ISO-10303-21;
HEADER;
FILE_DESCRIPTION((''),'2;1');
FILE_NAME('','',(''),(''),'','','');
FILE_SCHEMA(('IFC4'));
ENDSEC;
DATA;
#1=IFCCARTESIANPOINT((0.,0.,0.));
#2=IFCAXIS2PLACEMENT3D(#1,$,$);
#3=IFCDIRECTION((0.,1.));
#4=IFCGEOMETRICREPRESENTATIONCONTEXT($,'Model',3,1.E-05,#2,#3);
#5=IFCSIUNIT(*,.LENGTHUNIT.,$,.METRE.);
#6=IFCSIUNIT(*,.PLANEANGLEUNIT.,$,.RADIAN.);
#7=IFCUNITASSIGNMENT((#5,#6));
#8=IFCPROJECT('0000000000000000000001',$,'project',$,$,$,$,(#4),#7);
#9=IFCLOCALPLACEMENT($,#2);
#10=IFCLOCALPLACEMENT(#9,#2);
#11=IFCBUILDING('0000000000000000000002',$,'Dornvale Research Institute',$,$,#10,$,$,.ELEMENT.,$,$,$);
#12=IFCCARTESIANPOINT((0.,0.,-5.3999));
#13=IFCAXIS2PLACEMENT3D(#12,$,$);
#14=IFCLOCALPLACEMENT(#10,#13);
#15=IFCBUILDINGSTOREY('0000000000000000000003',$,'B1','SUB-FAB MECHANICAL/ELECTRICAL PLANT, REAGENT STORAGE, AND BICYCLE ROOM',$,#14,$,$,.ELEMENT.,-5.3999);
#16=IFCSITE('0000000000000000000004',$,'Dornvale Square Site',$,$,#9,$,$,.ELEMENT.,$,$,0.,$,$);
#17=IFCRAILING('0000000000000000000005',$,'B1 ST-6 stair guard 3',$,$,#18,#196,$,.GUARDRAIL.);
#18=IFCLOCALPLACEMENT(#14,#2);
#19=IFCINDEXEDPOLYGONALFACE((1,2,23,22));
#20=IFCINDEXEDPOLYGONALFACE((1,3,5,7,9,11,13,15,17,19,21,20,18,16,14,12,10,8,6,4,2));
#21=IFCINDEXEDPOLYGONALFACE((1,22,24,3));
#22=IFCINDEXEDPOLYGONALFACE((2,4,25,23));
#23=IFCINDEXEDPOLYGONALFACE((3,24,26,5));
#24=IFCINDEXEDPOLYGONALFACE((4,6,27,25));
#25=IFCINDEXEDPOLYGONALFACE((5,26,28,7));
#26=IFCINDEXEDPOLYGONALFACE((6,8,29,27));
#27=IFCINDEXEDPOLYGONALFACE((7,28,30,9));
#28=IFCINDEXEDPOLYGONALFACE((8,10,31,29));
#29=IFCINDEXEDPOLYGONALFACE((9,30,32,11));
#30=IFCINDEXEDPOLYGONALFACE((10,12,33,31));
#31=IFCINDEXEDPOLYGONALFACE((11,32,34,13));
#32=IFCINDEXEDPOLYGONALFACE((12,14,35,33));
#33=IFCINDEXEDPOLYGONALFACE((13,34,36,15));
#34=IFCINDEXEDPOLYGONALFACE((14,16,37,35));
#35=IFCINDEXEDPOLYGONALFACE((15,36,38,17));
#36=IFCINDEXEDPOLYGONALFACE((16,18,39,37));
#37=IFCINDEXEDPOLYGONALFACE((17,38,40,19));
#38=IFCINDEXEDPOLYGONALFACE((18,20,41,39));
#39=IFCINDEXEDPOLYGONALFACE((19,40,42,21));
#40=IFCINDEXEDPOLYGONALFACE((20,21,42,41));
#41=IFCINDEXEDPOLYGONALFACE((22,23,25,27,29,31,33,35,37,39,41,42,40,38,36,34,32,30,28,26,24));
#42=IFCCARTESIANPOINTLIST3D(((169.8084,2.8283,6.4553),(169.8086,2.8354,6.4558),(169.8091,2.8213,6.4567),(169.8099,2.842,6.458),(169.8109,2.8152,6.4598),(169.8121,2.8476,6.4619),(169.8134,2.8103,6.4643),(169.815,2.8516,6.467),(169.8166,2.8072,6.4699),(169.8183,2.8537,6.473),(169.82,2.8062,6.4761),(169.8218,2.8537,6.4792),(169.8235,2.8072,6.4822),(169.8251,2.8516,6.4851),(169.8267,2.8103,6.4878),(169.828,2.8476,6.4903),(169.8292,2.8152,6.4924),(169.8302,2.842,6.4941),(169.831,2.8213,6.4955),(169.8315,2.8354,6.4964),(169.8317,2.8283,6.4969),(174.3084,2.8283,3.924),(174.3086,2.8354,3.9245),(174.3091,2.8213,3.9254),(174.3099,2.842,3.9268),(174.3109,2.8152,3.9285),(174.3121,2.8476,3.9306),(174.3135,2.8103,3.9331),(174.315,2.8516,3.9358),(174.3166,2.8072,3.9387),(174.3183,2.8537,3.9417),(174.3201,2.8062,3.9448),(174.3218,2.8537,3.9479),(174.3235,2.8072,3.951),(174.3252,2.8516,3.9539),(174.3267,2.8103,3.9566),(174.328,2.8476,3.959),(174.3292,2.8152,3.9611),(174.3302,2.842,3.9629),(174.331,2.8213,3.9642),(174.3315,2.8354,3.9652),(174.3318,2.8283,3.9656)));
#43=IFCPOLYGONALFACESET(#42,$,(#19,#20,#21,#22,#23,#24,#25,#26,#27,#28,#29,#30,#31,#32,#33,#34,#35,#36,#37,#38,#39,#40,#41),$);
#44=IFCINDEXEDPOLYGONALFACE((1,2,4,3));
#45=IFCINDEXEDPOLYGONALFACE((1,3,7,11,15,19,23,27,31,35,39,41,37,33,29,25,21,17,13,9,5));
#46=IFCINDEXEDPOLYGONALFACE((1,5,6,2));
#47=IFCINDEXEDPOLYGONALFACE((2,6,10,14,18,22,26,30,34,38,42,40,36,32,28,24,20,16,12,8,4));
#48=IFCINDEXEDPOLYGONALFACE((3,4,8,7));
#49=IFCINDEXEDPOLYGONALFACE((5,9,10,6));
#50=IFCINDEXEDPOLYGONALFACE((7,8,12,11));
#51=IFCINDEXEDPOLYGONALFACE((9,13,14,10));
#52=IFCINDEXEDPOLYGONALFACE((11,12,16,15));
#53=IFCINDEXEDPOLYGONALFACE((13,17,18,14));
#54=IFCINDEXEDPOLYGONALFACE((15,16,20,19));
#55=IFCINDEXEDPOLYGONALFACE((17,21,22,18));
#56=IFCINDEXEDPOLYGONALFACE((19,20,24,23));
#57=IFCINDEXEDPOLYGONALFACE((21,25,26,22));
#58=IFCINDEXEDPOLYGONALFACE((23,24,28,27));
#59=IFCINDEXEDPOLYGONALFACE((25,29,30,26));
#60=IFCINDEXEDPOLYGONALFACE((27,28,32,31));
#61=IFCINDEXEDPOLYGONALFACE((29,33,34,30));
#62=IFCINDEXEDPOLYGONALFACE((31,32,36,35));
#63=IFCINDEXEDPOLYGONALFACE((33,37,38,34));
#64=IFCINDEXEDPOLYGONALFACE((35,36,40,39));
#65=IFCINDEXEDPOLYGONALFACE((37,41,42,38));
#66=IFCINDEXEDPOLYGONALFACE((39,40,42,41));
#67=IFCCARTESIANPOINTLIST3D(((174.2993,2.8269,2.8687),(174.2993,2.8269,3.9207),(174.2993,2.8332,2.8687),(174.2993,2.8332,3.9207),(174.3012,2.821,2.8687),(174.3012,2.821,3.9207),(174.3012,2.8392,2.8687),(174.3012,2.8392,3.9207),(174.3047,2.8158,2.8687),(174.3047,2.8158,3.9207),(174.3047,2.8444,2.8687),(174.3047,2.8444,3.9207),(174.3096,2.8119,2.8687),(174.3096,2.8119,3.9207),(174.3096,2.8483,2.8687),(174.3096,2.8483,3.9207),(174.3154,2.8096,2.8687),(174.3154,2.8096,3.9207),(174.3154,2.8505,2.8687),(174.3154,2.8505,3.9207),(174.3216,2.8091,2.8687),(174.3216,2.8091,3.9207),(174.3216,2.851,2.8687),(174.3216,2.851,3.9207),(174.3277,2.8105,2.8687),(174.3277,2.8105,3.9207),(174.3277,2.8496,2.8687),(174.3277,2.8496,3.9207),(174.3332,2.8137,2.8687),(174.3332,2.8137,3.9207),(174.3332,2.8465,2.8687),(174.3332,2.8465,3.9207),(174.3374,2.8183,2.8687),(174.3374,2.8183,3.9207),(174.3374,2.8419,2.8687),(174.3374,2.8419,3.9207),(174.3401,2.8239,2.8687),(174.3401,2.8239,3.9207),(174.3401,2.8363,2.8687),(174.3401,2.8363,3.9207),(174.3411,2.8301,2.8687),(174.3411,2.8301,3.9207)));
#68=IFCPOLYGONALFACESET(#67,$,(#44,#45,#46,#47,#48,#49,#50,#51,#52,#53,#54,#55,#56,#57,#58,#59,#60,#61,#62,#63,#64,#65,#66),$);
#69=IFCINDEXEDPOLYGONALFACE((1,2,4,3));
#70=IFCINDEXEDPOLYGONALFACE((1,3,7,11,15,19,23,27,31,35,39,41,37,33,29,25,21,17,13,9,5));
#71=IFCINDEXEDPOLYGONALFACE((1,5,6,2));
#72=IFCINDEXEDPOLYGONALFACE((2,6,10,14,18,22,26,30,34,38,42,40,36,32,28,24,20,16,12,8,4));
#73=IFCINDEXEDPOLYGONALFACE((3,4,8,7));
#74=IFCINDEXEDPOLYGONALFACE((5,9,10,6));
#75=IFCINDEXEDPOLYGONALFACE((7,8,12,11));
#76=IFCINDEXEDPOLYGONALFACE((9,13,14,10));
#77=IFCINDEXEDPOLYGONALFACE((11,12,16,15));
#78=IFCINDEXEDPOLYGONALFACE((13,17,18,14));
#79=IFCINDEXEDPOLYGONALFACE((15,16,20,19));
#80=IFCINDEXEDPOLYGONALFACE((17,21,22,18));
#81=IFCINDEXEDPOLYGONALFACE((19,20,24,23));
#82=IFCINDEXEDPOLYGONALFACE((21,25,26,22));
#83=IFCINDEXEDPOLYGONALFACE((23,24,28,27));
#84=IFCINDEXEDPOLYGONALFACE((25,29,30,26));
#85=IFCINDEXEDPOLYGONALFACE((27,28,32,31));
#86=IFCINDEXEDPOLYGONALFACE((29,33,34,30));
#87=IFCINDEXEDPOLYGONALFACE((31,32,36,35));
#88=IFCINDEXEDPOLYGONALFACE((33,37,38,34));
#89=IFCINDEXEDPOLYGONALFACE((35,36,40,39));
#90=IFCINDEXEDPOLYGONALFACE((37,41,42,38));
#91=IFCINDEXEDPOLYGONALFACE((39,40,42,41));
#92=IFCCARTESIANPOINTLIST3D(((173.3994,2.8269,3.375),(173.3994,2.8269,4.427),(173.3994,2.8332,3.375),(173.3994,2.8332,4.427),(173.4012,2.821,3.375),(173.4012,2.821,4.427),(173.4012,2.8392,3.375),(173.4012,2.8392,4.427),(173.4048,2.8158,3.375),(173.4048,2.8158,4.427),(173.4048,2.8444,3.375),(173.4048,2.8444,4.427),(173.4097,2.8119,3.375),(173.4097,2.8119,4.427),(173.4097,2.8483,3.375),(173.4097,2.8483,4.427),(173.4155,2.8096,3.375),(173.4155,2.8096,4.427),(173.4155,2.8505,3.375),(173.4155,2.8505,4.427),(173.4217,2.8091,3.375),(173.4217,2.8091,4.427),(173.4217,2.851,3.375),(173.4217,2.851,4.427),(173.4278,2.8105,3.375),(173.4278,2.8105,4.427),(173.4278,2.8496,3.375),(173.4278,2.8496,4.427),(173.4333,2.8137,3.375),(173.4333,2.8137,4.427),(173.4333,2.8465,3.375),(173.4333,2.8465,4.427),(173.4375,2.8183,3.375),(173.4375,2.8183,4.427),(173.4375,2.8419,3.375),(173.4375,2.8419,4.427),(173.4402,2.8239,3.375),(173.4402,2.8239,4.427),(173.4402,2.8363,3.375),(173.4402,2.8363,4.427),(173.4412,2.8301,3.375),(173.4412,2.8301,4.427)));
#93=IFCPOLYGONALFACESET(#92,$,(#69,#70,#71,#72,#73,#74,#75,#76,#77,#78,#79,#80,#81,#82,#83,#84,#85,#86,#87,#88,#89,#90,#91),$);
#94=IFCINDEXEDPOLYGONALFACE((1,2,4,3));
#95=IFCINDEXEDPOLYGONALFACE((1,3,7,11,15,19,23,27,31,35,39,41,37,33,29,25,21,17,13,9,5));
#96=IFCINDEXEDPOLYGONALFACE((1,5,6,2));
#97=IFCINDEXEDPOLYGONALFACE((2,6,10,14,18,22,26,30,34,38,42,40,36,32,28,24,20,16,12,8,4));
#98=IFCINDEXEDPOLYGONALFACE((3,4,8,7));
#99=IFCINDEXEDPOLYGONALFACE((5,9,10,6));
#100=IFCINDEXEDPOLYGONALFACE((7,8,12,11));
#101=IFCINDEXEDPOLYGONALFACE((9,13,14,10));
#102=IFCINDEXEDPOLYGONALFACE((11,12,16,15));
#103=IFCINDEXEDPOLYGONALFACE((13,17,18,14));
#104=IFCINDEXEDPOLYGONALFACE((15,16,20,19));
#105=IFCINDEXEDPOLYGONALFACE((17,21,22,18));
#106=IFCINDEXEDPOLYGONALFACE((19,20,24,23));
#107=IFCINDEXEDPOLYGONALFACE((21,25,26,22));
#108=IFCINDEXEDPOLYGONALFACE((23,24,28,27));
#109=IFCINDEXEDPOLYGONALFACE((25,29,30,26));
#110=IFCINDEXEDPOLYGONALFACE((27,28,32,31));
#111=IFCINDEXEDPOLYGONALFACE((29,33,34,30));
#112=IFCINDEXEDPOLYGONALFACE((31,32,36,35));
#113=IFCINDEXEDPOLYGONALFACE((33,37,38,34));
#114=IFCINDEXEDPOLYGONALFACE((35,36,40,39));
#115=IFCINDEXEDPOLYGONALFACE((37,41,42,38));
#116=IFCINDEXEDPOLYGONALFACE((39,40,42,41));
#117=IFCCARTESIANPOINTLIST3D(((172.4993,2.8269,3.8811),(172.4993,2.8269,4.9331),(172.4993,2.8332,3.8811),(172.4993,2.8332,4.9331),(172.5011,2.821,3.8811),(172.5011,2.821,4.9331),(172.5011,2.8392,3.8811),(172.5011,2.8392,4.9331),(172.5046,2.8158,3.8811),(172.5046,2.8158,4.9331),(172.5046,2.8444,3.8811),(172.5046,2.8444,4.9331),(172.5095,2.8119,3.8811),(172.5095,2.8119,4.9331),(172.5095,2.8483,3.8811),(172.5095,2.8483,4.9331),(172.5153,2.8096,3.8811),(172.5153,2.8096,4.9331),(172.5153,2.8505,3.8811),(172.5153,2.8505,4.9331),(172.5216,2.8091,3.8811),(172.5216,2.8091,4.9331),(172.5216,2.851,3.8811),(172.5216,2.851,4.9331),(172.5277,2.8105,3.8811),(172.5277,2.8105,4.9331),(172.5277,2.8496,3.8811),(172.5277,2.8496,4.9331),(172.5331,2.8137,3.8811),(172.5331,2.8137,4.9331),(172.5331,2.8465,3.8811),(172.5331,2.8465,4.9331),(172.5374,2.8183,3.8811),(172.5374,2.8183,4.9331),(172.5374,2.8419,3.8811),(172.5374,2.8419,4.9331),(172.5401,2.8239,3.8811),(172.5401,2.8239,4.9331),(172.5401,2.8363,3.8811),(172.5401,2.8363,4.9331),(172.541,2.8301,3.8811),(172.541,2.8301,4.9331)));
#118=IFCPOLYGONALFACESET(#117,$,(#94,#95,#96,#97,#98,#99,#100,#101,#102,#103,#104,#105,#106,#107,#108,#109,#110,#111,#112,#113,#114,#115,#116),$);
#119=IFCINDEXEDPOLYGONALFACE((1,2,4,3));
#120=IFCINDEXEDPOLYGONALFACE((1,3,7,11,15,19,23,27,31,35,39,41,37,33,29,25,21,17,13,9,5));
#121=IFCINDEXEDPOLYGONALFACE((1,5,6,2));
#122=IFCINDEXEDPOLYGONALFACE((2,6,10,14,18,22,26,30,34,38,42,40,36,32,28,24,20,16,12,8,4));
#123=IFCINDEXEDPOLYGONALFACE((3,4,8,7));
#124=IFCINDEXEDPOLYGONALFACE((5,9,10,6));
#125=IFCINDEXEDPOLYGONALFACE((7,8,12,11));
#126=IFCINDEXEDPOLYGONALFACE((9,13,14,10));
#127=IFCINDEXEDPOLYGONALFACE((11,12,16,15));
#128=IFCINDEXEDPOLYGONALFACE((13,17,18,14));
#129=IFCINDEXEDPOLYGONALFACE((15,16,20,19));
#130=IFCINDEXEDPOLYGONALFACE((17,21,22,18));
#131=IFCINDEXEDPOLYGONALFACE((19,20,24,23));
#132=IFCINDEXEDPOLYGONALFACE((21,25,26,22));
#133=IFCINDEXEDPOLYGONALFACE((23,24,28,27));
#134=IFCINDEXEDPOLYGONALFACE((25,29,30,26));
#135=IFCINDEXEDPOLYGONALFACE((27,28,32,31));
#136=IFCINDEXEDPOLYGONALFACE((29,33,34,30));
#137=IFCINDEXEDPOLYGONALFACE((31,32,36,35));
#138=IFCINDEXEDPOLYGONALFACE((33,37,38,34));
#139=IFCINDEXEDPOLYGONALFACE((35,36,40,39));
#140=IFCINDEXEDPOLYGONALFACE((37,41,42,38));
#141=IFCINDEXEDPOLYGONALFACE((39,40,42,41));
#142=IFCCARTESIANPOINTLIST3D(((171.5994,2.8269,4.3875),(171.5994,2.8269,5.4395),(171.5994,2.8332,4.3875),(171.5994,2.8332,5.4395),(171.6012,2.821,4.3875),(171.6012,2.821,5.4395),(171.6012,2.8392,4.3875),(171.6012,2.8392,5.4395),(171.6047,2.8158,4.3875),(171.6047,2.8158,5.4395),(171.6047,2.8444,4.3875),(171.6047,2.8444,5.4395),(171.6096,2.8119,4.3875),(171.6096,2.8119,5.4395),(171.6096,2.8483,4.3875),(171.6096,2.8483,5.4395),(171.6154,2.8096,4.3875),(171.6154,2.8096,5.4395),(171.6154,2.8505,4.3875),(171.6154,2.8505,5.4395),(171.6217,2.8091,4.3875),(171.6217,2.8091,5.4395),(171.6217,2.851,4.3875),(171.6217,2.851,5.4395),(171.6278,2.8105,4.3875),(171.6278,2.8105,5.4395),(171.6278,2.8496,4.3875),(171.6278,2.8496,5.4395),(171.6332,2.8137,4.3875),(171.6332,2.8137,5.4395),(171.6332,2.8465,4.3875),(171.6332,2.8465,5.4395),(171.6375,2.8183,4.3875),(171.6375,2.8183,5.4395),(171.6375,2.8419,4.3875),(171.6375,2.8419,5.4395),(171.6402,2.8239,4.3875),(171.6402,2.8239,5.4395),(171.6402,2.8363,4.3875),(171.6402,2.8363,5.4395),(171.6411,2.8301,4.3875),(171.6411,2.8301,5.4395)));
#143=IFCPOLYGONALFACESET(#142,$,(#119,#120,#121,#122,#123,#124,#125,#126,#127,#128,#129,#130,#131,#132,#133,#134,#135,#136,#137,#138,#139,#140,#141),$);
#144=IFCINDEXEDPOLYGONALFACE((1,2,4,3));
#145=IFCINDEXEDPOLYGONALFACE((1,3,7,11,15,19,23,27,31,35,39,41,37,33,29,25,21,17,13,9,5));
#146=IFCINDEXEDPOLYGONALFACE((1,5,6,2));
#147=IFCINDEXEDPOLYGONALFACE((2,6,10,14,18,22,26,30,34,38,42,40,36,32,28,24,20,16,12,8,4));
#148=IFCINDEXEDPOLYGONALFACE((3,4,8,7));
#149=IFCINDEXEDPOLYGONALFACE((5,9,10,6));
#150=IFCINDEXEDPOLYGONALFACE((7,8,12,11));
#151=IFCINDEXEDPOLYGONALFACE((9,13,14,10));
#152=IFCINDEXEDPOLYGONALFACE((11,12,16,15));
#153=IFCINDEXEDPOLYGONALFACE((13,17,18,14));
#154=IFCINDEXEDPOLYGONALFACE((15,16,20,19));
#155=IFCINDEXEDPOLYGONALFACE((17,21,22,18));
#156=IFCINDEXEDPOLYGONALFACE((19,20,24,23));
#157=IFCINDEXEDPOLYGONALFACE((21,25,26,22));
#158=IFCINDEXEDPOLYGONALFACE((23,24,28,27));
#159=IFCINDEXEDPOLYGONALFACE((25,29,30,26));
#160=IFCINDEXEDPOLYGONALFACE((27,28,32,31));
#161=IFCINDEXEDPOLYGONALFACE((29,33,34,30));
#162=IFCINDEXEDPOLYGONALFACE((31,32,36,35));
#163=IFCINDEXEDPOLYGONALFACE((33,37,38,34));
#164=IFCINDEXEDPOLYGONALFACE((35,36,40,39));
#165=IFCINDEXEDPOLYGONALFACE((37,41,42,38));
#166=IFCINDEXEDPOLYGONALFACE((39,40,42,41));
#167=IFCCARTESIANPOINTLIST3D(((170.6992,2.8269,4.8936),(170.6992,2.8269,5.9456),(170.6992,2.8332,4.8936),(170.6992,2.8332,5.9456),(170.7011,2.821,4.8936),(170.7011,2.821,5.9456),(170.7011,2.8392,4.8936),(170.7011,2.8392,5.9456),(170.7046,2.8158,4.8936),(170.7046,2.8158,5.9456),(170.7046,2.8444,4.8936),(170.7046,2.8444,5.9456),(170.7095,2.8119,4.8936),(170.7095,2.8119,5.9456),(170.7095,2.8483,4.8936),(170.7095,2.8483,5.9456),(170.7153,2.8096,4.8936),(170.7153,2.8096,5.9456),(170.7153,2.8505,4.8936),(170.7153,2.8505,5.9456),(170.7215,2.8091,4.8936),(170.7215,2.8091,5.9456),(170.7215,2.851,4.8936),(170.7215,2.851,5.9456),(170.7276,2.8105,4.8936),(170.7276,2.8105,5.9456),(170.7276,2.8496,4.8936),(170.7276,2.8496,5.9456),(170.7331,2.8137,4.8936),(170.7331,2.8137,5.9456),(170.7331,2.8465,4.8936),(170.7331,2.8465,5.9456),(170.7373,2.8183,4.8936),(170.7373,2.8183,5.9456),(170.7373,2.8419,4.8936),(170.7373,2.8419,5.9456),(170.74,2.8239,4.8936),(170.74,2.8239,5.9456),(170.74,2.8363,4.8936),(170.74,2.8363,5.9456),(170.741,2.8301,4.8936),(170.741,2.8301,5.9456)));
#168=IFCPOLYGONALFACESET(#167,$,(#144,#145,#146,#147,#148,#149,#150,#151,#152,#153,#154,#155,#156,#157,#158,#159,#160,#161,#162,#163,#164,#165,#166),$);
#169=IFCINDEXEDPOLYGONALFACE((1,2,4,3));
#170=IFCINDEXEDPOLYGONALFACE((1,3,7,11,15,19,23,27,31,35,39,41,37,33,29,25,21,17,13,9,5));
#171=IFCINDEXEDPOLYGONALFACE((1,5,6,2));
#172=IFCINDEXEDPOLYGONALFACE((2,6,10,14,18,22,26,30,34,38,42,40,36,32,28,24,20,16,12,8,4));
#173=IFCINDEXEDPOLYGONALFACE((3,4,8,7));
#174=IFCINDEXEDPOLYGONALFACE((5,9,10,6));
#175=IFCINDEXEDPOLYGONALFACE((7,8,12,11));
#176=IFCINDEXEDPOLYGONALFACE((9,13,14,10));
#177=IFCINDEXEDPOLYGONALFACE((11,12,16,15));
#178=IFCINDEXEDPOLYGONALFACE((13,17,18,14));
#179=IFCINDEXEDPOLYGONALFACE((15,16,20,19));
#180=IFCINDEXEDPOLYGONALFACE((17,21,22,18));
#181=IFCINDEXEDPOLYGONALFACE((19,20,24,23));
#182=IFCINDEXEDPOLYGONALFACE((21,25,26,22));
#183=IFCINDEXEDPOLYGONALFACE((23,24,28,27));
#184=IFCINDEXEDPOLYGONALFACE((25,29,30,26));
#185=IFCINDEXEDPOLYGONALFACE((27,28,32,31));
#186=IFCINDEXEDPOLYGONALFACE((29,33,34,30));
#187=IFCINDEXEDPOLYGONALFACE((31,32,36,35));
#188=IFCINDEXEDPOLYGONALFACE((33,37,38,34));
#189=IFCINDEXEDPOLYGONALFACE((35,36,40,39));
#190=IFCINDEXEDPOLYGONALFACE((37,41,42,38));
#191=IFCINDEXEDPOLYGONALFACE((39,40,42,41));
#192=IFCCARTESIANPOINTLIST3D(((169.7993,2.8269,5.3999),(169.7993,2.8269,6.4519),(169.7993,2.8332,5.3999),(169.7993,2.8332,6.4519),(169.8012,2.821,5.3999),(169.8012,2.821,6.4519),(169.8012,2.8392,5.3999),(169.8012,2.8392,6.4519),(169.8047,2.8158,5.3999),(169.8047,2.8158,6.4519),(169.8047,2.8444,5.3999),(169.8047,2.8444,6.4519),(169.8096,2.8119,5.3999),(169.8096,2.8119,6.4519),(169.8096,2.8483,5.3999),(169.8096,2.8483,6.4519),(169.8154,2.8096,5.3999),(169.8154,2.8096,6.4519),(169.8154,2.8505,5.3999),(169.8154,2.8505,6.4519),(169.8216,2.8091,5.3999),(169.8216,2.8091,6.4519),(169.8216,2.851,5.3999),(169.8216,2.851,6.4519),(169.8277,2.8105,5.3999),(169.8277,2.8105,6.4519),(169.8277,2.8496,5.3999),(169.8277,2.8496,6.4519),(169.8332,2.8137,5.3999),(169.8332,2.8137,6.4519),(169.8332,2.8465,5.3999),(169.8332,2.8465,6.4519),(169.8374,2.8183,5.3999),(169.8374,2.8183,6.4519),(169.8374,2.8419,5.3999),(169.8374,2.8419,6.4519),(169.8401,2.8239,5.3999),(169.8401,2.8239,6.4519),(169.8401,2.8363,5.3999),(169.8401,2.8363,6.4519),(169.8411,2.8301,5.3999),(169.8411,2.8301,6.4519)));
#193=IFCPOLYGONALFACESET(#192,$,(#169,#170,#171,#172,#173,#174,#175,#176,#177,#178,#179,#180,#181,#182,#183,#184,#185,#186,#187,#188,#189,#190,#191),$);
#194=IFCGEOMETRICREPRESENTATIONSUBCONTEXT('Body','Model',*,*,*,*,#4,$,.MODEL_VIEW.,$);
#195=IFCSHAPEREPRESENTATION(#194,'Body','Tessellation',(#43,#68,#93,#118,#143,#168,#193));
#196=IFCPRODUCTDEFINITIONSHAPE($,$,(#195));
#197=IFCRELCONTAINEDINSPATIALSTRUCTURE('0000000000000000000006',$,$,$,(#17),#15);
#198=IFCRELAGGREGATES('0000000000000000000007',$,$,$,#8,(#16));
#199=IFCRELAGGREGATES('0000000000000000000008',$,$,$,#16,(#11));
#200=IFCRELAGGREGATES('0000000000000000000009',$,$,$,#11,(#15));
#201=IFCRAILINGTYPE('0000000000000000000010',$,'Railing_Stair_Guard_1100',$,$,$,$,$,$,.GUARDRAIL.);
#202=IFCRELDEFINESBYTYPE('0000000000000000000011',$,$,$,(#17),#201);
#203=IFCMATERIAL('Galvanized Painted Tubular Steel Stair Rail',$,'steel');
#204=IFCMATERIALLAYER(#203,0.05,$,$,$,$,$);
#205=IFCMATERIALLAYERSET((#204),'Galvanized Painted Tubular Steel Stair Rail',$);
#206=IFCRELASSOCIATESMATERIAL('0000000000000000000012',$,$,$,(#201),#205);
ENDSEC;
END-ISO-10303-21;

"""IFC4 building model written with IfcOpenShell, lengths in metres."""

from ifc_helpers import new_model, si_unit, direction, frame, origin, origin_2d, place, context, subcontext, project, spatial, circle, extrude, material, layer, layer_set, type_object, element, save


model = new_model("IFC4")

# Units and contexts
model_context = context("Model", 3, precision=1e-05, world=origin(), true_north=direction((0.0, 1.0)))
body_context = subcontext(model_context, "Body", "Model", "MODEL_VIEW")
ifc_project = project(units=[si_unit("LENGTHUNIT", "METRE"), si_unit("PLANEANGLEUNIT", "RADIAN")], contexts=[model_context])

# Site, building, storey
site_placement = place(None, origin())
site = spatial("IfcSite", under=ifc_project, at=site_placement, Name="Dornvale Square Site", CompositionType="ELEMENT", RefElevation=0.0)
building_placement = place(site_placement, origin())
building = spatial("IfcBuilding", under=site, at=building_placement, Name="Dornvale Research Institute", CompositionType="ELEMENT")
storey_placement = place(building_placement, frame((0.0, 0.0, -5.3999)))
storey = spatial("IfcBuildingStorey", under=building, at=storey_placement, Name="B1", Description="SUB-FAB MECHANICAL/ELECTRICAL PLANT, REAGENT STORAGE, AND BICYCLE ROOM", CompositionType="ELEMENT", Elevation=-5.3999)

# Railing
ifc_material_1 = material(Name="Galvanized Painted Tubular Steel Stair Rail", Category="steel")
ifc_layer_1 = layer(ifc_material_1, 0.05)
ifc_layer_set_1 = layer_set([ifc_layer_1], Name="Galvanized Painted Tubular Steel Stair Rail")
railing_type_1 = type_object("IfcRailingType", Name="Railing_Stair_Guard_1100", PredefinedType="GUARDRAIL", material=ifc_layer_set_1)
railing_1_placement = place(storey_placement, frame((174.3201, 2.8301, 2.8687)))
element("IfcRailing", 1, at=railing_1_placement, inside=storey, type_object=railing_type_1, Name="B1 ST-6 stair guard 3", PredefinedType="GUARDRAIL", context=body_context, shape_type="SweptSolid", body=[
    extrude(circle(Radius=0.0239, at=origin_2d()), frame((0.0, 0.0, 1.0762), z_axis=(-0.871576, 0.0, 0.490261), x_axis=(0.0, -1.0, 0.0)), (0.0, 0.0, 1.0), 5.1631),
    extrude(circle(Radius=0.021, at=origin_2d()), origin(), (0.0, 0.0, 1.0), 1.052),
    extrude(circle(Radius=0.021, at=origin_2d()), frame((-0.8999, 0.0, 0.5063)), (0.0, 0.0, 1.0), 1.052),
    extrude(circle(Radius=0.021, at=origin_2d()), frame((-1.8, 0.0, 1.0125)), (0.0, 0.0, 1.0), 1.052),
    extrude(circle(Radius=0.021, at=origin_2d()), frame((-2.7, 0.0, 1.5188)), (0.0, 0.0, 1.0), 1.052),
    extrude(circle(Radius=0.021, at=origin_2d()), frame((-3.6001, 0.0, 2.0249)), (0.0, 0.0, 1.0), 1.052),
    extrude(circle(Radius=0.021, at=origin_2d()), frame((-4.5, 0.0, 2.5312)), (0.0, 0.0, 1.0), 1.052),
])

save(model, "model.ifc")
